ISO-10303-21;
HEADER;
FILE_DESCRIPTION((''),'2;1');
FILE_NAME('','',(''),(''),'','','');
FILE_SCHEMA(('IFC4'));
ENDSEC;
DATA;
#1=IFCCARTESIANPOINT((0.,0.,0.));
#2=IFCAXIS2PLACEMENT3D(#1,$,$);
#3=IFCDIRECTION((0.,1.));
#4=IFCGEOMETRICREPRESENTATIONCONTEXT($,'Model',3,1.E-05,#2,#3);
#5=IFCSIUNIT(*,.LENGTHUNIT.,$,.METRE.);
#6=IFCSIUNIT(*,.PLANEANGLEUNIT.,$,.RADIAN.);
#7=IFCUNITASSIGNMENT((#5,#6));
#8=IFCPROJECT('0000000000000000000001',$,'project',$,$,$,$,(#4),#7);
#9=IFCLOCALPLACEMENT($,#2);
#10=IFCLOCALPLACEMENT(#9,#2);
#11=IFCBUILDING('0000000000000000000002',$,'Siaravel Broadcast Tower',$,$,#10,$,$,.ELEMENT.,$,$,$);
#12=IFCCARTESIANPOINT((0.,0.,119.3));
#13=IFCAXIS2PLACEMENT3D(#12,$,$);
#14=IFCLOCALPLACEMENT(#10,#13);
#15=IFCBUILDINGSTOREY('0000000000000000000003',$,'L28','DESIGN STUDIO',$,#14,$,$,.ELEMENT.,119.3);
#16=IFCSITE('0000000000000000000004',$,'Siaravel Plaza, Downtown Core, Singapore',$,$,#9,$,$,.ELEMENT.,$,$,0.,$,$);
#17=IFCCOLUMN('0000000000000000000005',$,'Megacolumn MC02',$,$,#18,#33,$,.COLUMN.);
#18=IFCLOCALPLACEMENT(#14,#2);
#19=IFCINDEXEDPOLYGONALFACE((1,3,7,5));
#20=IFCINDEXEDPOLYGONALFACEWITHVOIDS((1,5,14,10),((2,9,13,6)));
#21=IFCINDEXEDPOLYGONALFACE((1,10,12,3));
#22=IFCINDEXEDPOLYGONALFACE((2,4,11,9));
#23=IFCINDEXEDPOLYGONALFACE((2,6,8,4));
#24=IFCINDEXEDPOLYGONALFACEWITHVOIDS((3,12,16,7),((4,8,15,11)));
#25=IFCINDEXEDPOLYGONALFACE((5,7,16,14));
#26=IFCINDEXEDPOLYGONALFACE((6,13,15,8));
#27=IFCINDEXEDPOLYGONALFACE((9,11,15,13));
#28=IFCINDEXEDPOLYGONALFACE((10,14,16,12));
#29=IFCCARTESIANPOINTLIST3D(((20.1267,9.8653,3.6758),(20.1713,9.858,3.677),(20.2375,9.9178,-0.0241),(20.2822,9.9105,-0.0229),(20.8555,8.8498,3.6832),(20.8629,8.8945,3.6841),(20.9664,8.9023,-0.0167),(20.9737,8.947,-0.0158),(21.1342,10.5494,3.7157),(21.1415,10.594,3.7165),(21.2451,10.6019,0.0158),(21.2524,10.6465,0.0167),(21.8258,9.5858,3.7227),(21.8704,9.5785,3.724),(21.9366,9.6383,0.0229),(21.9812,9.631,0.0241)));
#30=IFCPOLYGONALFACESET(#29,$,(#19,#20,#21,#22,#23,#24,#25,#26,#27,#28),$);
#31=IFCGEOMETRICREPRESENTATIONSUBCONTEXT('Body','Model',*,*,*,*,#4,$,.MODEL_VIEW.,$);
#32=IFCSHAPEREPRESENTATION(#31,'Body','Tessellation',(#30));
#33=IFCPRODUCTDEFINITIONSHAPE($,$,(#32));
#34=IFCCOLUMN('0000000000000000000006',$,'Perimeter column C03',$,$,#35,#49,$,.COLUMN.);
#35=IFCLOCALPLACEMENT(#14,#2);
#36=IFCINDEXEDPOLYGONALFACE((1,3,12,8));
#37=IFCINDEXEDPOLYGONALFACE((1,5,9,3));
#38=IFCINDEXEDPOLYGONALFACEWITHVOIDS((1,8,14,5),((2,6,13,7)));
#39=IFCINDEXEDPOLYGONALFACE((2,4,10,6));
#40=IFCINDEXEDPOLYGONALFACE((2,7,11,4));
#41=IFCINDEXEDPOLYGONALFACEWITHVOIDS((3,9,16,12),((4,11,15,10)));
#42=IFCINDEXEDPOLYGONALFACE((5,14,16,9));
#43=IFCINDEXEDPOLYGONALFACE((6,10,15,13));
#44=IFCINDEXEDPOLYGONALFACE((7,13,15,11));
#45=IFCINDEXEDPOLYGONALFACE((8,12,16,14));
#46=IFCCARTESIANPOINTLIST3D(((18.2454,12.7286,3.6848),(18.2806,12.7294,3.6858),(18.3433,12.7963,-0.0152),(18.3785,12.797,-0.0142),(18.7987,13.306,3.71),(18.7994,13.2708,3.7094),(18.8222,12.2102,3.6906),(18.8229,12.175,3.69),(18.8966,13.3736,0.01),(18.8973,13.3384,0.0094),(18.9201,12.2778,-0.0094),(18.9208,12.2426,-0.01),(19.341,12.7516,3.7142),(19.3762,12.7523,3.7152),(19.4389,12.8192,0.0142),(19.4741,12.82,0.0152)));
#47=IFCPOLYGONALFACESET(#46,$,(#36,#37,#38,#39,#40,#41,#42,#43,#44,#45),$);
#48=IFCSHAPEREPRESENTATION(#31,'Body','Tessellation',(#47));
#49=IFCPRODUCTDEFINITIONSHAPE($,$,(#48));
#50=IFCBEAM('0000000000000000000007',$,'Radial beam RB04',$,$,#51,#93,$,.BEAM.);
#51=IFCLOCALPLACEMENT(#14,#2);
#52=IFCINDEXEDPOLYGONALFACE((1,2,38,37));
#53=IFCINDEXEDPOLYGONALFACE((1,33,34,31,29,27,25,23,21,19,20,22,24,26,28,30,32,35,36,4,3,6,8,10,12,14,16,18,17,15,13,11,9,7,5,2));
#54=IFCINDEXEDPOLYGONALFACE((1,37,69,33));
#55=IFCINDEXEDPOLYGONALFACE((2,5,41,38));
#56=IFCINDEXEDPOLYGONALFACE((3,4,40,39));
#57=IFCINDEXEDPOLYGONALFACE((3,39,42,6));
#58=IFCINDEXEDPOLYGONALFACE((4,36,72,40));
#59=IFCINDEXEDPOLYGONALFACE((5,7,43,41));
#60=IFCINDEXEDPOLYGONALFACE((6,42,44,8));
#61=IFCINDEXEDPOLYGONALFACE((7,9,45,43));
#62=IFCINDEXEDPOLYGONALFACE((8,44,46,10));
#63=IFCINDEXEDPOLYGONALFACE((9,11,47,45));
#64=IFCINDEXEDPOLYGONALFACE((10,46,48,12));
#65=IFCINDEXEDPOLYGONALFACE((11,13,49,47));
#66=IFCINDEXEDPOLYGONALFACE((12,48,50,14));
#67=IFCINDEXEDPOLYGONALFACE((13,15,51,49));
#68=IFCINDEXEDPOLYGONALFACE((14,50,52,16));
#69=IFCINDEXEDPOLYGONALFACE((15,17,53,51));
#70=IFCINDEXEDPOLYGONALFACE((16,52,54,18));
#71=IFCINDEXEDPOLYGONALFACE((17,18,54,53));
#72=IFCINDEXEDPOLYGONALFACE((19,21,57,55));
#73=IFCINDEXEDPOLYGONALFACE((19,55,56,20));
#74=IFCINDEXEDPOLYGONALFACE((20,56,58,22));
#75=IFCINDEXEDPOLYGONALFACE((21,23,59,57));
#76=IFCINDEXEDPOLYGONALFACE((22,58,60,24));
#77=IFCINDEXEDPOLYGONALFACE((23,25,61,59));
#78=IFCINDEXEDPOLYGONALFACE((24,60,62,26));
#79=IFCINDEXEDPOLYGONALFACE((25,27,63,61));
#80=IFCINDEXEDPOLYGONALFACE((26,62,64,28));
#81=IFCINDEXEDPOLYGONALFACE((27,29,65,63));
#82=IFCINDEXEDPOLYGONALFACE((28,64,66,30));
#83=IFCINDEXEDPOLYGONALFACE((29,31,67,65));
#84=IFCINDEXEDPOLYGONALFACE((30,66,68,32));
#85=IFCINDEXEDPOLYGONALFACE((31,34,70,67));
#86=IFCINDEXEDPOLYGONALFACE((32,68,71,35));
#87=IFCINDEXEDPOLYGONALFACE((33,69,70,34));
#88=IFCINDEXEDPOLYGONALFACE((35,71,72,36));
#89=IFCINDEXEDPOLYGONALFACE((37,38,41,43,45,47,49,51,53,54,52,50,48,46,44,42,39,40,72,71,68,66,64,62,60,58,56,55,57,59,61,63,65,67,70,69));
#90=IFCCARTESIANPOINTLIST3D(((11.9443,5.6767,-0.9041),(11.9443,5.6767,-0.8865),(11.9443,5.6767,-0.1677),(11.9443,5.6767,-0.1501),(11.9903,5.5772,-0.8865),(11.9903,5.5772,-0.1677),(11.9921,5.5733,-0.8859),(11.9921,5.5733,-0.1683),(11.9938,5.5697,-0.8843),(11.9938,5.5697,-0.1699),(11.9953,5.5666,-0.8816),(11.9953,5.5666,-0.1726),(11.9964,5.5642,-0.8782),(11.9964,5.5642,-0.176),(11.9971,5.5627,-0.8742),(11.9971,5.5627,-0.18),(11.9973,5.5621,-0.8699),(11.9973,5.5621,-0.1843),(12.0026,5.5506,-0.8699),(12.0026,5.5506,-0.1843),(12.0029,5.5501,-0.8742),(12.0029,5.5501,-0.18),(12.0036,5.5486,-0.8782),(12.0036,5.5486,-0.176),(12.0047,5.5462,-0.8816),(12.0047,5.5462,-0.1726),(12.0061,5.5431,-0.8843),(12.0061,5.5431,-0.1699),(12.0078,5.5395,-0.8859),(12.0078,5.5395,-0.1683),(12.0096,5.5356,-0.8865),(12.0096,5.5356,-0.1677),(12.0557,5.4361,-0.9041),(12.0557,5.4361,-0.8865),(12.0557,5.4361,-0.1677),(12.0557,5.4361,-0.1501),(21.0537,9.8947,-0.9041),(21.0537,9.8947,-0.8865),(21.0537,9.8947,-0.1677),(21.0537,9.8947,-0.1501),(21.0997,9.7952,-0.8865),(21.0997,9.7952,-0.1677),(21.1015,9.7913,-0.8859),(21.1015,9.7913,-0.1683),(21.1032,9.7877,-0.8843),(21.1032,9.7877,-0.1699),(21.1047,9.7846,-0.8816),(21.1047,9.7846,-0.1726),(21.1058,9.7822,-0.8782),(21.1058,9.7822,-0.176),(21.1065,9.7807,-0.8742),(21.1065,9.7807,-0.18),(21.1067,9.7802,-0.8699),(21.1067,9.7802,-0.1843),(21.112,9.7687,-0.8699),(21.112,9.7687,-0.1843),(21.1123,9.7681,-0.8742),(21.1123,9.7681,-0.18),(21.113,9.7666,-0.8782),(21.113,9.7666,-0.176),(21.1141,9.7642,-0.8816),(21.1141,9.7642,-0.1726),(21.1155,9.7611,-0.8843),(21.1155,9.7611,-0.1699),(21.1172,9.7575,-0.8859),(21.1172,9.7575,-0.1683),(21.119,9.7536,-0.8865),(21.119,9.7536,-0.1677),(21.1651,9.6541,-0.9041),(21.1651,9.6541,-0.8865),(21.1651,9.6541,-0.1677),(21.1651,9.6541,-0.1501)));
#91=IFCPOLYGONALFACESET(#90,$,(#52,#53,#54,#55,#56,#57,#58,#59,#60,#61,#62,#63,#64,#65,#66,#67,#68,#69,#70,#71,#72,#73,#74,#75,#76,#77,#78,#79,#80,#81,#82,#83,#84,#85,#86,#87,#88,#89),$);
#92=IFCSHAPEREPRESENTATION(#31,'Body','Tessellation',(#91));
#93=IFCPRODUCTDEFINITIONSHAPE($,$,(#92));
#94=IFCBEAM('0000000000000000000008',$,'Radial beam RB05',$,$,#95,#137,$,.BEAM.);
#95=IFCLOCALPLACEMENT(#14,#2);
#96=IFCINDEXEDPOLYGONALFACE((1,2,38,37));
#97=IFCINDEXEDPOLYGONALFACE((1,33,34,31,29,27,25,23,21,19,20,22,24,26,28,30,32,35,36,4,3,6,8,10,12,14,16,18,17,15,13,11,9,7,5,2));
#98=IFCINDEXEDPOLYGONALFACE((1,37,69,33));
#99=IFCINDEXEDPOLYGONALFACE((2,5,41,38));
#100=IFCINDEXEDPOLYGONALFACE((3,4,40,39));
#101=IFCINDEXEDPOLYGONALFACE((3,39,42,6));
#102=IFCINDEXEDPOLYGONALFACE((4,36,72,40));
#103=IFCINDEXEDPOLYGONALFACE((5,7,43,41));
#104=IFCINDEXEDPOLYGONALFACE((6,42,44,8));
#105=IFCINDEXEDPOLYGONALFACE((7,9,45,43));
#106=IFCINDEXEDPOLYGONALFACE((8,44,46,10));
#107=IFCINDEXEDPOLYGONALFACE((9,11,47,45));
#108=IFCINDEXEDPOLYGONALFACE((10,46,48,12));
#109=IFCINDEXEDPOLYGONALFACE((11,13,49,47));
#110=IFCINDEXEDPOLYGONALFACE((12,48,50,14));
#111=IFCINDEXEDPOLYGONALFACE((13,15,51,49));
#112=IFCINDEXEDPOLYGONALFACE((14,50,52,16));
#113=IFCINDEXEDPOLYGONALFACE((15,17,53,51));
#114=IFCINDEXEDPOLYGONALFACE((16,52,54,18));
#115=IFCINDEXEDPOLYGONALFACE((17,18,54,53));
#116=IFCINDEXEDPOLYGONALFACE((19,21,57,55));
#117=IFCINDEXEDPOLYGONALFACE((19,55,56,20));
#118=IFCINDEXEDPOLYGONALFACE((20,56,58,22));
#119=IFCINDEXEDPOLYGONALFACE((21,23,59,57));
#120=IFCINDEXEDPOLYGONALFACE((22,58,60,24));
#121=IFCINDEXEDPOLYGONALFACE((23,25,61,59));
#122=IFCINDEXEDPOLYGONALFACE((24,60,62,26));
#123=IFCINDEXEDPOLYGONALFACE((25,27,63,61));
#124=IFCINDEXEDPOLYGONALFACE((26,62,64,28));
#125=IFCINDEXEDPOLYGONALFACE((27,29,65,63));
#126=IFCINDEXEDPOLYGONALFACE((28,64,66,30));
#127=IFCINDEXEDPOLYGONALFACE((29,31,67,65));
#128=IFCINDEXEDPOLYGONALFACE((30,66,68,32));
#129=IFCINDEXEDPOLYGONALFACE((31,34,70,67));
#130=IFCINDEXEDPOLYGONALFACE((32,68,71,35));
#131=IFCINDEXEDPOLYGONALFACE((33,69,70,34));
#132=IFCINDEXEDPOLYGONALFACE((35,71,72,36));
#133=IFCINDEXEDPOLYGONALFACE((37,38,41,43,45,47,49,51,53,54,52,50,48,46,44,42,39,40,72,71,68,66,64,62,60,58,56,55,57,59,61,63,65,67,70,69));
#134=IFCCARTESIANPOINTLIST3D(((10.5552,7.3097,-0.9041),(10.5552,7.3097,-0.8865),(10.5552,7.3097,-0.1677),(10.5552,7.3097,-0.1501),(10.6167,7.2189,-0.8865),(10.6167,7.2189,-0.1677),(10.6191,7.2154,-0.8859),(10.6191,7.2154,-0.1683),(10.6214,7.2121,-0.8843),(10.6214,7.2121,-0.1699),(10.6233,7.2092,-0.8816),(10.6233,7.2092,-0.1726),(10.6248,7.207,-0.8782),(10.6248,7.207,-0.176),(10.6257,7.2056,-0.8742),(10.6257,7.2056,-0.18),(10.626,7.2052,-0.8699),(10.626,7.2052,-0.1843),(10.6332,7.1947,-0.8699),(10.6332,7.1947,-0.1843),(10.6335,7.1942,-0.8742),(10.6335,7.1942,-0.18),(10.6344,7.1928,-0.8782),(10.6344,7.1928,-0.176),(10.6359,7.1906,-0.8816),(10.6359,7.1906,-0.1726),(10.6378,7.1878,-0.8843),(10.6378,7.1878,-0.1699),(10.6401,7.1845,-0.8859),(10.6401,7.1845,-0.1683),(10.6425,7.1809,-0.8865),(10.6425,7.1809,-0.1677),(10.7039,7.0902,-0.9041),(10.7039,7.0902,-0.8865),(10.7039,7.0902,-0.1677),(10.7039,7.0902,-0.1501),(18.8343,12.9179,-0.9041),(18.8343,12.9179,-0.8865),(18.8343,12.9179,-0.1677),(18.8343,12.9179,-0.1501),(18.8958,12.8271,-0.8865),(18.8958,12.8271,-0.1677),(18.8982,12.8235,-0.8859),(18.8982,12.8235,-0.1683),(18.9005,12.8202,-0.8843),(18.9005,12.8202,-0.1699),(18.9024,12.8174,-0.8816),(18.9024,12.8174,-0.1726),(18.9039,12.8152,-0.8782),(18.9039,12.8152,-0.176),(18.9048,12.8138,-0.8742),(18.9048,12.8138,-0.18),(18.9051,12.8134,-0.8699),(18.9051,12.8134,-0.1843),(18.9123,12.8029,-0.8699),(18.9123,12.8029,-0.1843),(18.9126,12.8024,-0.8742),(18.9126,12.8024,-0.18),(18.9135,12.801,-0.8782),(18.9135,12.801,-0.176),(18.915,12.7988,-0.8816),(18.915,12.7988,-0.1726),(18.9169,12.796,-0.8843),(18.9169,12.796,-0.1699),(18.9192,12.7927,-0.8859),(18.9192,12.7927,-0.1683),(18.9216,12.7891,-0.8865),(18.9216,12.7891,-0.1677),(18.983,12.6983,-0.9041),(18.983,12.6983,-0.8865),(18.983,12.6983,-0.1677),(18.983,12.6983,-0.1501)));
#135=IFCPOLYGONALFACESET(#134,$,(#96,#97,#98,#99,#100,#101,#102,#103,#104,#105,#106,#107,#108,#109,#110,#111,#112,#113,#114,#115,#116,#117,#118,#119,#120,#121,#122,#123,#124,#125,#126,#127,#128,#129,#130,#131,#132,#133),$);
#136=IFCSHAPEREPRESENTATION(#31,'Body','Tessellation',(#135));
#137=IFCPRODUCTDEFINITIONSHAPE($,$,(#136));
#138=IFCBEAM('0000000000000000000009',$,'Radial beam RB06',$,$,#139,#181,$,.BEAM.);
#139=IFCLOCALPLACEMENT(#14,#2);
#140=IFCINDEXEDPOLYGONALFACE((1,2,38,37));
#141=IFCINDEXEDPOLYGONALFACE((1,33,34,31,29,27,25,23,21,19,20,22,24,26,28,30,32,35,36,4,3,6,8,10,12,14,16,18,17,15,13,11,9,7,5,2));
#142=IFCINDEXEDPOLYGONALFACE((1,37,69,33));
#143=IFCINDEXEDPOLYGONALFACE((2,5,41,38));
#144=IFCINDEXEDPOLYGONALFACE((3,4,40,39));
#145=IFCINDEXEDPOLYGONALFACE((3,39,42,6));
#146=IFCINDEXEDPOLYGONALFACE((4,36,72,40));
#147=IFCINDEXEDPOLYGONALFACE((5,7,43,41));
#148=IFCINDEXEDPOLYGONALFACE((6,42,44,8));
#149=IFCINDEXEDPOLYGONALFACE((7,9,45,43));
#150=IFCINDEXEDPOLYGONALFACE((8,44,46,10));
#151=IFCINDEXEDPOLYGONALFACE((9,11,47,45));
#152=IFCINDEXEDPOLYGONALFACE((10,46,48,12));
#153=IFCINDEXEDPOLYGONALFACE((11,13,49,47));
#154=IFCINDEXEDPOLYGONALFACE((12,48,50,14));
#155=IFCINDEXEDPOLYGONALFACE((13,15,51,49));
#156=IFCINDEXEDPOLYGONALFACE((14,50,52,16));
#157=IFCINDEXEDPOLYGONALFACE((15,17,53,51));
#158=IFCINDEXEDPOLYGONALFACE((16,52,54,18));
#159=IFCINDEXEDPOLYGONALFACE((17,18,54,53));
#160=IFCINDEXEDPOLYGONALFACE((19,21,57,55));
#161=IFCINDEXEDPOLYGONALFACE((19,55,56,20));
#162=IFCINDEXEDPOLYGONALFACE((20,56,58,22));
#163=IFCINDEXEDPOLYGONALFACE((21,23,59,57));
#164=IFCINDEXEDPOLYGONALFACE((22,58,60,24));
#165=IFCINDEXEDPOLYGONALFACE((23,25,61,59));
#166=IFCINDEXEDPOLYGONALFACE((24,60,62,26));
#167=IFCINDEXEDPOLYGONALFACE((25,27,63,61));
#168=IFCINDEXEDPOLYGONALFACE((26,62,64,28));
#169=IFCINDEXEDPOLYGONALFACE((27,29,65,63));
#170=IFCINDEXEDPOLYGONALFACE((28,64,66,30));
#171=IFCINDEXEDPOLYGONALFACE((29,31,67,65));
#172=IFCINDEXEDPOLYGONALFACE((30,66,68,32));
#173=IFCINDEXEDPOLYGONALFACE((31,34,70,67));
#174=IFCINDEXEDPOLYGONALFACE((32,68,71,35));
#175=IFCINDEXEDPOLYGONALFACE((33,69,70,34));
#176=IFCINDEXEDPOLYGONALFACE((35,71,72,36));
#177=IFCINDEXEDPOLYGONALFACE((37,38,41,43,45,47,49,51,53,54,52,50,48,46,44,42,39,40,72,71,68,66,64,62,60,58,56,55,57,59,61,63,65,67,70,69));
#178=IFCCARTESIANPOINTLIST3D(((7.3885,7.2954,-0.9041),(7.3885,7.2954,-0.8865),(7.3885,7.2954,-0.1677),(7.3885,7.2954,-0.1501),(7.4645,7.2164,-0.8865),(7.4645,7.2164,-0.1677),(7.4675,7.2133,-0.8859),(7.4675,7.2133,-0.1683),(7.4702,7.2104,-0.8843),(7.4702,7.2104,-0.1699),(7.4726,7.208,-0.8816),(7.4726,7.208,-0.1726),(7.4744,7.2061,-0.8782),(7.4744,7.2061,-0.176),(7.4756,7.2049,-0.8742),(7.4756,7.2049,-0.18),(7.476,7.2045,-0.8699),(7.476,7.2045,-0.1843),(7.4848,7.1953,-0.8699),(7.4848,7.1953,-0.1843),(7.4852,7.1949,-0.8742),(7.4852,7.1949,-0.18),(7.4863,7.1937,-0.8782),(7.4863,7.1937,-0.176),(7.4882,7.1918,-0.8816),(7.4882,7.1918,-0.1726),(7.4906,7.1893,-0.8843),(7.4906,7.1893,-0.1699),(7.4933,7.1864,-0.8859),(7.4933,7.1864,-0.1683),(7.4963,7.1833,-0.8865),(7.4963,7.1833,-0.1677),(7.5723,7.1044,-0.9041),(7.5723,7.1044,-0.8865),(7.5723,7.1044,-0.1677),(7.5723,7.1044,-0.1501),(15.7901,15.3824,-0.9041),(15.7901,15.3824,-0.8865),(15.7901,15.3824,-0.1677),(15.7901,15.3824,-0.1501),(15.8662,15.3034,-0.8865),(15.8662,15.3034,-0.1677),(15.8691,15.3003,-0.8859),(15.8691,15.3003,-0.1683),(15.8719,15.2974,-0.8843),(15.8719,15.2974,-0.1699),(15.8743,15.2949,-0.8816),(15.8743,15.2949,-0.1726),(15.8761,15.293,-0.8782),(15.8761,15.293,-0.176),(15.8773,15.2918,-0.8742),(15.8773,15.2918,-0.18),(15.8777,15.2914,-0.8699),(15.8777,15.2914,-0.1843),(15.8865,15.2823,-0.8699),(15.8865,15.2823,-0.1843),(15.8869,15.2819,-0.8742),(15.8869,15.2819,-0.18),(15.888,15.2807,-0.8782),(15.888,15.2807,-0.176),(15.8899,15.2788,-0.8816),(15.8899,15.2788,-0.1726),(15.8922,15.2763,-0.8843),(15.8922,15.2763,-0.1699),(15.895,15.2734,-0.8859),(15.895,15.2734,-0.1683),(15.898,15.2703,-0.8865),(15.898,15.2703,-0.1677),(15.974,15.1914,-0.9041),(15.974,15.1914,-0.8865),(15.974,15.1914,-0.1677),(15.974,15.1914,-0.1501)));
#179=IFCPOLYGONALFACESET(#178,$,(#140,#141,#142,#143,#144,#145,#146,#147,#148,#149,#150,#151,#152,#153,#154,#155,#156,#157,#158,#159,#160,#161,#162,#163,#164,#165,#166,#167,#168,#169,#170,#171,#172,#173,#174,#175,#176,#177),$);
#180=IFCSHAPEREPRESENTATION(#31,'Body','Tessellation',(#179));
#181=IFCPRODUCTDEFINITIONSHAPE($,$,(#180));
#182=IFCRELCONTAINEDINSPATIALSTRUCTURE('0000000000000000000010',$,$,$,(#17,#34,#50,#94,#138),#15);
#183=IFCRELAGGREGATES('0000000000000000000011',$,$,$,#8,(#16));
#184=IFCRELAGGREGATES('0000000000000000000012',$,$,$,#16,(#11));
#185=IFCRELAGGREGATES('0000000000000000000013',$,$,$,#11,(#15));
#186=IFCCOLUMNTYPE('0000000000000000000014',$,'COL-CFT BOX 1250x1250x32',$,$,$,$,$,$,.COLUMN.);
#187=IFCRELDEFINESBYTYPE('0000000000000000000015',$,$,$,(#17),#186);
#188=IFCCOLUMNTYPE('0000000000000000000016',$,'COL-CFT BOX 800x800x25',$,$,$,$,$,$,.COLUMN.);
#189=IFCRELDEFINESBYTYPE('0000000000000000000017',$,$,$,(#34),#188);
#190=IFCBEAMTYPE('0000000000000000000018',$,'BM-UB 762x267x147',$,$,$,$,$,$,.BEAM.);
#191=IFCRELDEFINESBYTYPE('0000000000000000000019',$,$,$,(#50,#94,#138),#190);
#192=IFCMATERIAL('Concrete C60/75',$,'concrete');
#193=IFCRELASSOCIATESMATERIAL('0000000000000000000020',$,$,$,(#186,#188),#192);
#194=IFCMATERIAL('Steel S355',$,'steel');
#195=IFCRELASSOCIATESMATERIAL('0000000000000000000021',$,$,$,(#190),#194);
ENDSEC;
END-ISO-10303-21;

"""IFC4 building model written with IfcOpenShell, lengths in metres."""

from ifc_helpers import new_model, si_unit, direction, frame, origin, origin_2d, place, context, subcontext, project, spatial, hollow_rectangle, i_section, extrude, material, material_profile, profile_set, type_object, element, save


model = new_model("IFC4")

# Units and contexts
model_context = context("Model", 3, precision=1e-05, world=origin(), true_north=direction((0.0, 1.0)))
body_context = subcontext(model_context, "Body", "Model", "MODEL_VIEW")
ifc_project = project(units=[si_unit("LENGTHUNIT", "METRE"), si_unit("PLANEANGLEUNIT", "RADIAN")], contexts=[model_context])

# Site, building, storey
site_placement = place(None, origin())
site = spatial("IfcSite", under=ifc_project, at=site_placement, Name="Siaravel Plaza, Downtown Core, Singapore", CompositionType="ELEMENT", RefElevation=0.0)
building_placement = place(site_placement, origin())
building = spatial("IfcBuilding", under=site, at=building_placement, Name="Siaravel Broadcast Tower", CompositionType="ELEMENT")
storey_placement = place(building_placement, frame((0.0, 0.0, 119.3)))
storey = spatial("IfcBuildingStorey", under=building, at=storey_placement, Name="L28", Description="DESIGN STUDIO", CompositionType="ELEMENT", Elevation=119.3)

# Columns
ifc_material_1 = material(Name="Concrete C60/75", Category="concrete")
ifc_material_profile_1 = material_profile(ifc_material_1, hollow_rectangle(XDim=1.25, YDim=1.25, WallThickness=0.032, at=origin_2d()))
ifc_profile_set_1 = profile_set([ifc_material_profile_1], Name="Concrete C60/75")
column_type_1 = type_object("IfcColumnType", Name="COL-CFT BOX 1250x1250x32", PredefinedType="COLUMN", material=ifc_profile_set_1)
column_1_placement = place(storey_placement, frame((21.1094, 9.7744, 0.0), z_axis=(-0.029941, -0.014179, 0.999451), x_axis=(0.583066, -0.812403, 0.005942)))
element("IfcColumn", 1, at=column_1_placement, inside=storey, type_object=column_type_1, Name="Megacolumn MC02", PredefinedType="COLUMN", context=body_context, shape_type="SweptSolid", body=[
    extrude(hollow_rectangle(XDim=1.25, YDim=1.25, WallThickness=0.032, at=origin_2d()), origin(), (0.0, 0.0, 1.0), 3.7019),
])
ifc_material_profile_2 = material_profile(ifc_material_1, hollow_rectangle(XDim=0.8, YDim=0.8, WallThickness=0.0249, at=origin_2d()))
ifc_profile_set_2 = profile_set([ifc_material_profile_2], Name="Concrete C60/75")
column_type_2 = type_object("IfcColumnType", Name="COL-CFT BOX 800x800x25", PredefinedType="COLUMN", material=ifc_profile_set_2)
column_2_placement = place(storey_placement, frame((18.9087, 12.8081, 0.0), z_axis=(-0.026446, -0.018268, 0.999483), x_axis=(0.721852, -0.692017, 0.006452)))
element("IfcColumn", 2, at=column_2_placement, inside=storey, type_object=column_type_2, Name="Perimeter column C03", PredefinedType="COLUMN", context=body_context, shape_type="SweptSolid", body=[
    extrude(hollow_rectangle(XDim=0.8, YDim=0.8, WallThickness=0.0249, at=origin_2d()), origin(), (0.0, 0.0, 1.0), 3.7019),
])

# Beams
ifc_material_2 = material(Name="Steel S355", Category="steel")
ifc_material_profile_3 = material_profile(ifc_material_2, i_section(OverallWidth=0.2651, OverallDepth=0.7539, WebThickness=0.0127, FlangeThickness=0.0176, FilletRadius=0.0166, at=origin_2d()))
ifc_profile_set_3 = profile_set([ifc_material_profile_3], Name="Steel S355")
beam_type = type_object("IfcBeamType", Name="BM-UB 762x267x147", PredefinedType="BEAM", material=ifc_profile_set_3)
beam_1_placement = place(storey_placement, frame((21.1094, 9.7744, -0.5271), z_axis=(-0.90744, -0.420182, 0.0), x_axis=(0.420182, -0.90744, 0.0)))
element("IfcBeam", 3, at=beam_1_placement, inside=storey, type_object=beam_type, Name="Radial beam RB04", PredefinedType="BEAM", context=body_context, shape_type="SweptSolid", body=[
    extrude(i_section(OverallWidth=0.2651, OverallDepth=0.7539, WebThickness=0.0127, FlangeThickness=0.0176, FilletRadius=0.0166, at=origin_2d()), origin(), (0.0, 0.0, 1.0), 10.0386),
])
beam_2_placement = place(storey_placement, frame((18.9087, 12.8081, -0.5271), z_axis=(-0.82793, -0.560832, 0.0), x_axis=(0.560832, -0.82793, 0.0)))
element("IfcBeam", 4, at=beam_2_placement, inside=storey, type_object=beam_type, Name="Radial beam RB05", PredefinedType="BEAM", context=body_context, shape_type="SweptSolid", body=[
    extrude(i_section(OverallWidth=0.2651, OverallDepth=0.7539, WebThickness=0.0127, FlangeThickness=0.0176, FilletRadius=0.0166, at=origin_2d()), origin(), (0.0, 0.0, 1.0), 9.9998),
])
beam_3_placement = place(storey_placement, frame((15.8821, 15.2869, -0.5271), z_axis=(-0.720471, -0.693485, 0.0), x_axis=(0.693485, -0.720471, 0.0)))
element("IfcBeam", 5, at=beam_3_placement, inside=storey, type_object=beam_type, Name="Radial beam RB06", PredefinedType="BEAM", context=body_context, shape_type="SweptSolid", body=[
    extrude(i_section(OverallWidth=0.2651, OverallDepth=0.7539, WebThickness=0.0127, FlangeThickness=0.0176, FilletRadius=0.0166, at=origin_2d()), origin(), (0.0, 0.0, 1.0), 11.6614),
])

save(model, "model.ifc")
